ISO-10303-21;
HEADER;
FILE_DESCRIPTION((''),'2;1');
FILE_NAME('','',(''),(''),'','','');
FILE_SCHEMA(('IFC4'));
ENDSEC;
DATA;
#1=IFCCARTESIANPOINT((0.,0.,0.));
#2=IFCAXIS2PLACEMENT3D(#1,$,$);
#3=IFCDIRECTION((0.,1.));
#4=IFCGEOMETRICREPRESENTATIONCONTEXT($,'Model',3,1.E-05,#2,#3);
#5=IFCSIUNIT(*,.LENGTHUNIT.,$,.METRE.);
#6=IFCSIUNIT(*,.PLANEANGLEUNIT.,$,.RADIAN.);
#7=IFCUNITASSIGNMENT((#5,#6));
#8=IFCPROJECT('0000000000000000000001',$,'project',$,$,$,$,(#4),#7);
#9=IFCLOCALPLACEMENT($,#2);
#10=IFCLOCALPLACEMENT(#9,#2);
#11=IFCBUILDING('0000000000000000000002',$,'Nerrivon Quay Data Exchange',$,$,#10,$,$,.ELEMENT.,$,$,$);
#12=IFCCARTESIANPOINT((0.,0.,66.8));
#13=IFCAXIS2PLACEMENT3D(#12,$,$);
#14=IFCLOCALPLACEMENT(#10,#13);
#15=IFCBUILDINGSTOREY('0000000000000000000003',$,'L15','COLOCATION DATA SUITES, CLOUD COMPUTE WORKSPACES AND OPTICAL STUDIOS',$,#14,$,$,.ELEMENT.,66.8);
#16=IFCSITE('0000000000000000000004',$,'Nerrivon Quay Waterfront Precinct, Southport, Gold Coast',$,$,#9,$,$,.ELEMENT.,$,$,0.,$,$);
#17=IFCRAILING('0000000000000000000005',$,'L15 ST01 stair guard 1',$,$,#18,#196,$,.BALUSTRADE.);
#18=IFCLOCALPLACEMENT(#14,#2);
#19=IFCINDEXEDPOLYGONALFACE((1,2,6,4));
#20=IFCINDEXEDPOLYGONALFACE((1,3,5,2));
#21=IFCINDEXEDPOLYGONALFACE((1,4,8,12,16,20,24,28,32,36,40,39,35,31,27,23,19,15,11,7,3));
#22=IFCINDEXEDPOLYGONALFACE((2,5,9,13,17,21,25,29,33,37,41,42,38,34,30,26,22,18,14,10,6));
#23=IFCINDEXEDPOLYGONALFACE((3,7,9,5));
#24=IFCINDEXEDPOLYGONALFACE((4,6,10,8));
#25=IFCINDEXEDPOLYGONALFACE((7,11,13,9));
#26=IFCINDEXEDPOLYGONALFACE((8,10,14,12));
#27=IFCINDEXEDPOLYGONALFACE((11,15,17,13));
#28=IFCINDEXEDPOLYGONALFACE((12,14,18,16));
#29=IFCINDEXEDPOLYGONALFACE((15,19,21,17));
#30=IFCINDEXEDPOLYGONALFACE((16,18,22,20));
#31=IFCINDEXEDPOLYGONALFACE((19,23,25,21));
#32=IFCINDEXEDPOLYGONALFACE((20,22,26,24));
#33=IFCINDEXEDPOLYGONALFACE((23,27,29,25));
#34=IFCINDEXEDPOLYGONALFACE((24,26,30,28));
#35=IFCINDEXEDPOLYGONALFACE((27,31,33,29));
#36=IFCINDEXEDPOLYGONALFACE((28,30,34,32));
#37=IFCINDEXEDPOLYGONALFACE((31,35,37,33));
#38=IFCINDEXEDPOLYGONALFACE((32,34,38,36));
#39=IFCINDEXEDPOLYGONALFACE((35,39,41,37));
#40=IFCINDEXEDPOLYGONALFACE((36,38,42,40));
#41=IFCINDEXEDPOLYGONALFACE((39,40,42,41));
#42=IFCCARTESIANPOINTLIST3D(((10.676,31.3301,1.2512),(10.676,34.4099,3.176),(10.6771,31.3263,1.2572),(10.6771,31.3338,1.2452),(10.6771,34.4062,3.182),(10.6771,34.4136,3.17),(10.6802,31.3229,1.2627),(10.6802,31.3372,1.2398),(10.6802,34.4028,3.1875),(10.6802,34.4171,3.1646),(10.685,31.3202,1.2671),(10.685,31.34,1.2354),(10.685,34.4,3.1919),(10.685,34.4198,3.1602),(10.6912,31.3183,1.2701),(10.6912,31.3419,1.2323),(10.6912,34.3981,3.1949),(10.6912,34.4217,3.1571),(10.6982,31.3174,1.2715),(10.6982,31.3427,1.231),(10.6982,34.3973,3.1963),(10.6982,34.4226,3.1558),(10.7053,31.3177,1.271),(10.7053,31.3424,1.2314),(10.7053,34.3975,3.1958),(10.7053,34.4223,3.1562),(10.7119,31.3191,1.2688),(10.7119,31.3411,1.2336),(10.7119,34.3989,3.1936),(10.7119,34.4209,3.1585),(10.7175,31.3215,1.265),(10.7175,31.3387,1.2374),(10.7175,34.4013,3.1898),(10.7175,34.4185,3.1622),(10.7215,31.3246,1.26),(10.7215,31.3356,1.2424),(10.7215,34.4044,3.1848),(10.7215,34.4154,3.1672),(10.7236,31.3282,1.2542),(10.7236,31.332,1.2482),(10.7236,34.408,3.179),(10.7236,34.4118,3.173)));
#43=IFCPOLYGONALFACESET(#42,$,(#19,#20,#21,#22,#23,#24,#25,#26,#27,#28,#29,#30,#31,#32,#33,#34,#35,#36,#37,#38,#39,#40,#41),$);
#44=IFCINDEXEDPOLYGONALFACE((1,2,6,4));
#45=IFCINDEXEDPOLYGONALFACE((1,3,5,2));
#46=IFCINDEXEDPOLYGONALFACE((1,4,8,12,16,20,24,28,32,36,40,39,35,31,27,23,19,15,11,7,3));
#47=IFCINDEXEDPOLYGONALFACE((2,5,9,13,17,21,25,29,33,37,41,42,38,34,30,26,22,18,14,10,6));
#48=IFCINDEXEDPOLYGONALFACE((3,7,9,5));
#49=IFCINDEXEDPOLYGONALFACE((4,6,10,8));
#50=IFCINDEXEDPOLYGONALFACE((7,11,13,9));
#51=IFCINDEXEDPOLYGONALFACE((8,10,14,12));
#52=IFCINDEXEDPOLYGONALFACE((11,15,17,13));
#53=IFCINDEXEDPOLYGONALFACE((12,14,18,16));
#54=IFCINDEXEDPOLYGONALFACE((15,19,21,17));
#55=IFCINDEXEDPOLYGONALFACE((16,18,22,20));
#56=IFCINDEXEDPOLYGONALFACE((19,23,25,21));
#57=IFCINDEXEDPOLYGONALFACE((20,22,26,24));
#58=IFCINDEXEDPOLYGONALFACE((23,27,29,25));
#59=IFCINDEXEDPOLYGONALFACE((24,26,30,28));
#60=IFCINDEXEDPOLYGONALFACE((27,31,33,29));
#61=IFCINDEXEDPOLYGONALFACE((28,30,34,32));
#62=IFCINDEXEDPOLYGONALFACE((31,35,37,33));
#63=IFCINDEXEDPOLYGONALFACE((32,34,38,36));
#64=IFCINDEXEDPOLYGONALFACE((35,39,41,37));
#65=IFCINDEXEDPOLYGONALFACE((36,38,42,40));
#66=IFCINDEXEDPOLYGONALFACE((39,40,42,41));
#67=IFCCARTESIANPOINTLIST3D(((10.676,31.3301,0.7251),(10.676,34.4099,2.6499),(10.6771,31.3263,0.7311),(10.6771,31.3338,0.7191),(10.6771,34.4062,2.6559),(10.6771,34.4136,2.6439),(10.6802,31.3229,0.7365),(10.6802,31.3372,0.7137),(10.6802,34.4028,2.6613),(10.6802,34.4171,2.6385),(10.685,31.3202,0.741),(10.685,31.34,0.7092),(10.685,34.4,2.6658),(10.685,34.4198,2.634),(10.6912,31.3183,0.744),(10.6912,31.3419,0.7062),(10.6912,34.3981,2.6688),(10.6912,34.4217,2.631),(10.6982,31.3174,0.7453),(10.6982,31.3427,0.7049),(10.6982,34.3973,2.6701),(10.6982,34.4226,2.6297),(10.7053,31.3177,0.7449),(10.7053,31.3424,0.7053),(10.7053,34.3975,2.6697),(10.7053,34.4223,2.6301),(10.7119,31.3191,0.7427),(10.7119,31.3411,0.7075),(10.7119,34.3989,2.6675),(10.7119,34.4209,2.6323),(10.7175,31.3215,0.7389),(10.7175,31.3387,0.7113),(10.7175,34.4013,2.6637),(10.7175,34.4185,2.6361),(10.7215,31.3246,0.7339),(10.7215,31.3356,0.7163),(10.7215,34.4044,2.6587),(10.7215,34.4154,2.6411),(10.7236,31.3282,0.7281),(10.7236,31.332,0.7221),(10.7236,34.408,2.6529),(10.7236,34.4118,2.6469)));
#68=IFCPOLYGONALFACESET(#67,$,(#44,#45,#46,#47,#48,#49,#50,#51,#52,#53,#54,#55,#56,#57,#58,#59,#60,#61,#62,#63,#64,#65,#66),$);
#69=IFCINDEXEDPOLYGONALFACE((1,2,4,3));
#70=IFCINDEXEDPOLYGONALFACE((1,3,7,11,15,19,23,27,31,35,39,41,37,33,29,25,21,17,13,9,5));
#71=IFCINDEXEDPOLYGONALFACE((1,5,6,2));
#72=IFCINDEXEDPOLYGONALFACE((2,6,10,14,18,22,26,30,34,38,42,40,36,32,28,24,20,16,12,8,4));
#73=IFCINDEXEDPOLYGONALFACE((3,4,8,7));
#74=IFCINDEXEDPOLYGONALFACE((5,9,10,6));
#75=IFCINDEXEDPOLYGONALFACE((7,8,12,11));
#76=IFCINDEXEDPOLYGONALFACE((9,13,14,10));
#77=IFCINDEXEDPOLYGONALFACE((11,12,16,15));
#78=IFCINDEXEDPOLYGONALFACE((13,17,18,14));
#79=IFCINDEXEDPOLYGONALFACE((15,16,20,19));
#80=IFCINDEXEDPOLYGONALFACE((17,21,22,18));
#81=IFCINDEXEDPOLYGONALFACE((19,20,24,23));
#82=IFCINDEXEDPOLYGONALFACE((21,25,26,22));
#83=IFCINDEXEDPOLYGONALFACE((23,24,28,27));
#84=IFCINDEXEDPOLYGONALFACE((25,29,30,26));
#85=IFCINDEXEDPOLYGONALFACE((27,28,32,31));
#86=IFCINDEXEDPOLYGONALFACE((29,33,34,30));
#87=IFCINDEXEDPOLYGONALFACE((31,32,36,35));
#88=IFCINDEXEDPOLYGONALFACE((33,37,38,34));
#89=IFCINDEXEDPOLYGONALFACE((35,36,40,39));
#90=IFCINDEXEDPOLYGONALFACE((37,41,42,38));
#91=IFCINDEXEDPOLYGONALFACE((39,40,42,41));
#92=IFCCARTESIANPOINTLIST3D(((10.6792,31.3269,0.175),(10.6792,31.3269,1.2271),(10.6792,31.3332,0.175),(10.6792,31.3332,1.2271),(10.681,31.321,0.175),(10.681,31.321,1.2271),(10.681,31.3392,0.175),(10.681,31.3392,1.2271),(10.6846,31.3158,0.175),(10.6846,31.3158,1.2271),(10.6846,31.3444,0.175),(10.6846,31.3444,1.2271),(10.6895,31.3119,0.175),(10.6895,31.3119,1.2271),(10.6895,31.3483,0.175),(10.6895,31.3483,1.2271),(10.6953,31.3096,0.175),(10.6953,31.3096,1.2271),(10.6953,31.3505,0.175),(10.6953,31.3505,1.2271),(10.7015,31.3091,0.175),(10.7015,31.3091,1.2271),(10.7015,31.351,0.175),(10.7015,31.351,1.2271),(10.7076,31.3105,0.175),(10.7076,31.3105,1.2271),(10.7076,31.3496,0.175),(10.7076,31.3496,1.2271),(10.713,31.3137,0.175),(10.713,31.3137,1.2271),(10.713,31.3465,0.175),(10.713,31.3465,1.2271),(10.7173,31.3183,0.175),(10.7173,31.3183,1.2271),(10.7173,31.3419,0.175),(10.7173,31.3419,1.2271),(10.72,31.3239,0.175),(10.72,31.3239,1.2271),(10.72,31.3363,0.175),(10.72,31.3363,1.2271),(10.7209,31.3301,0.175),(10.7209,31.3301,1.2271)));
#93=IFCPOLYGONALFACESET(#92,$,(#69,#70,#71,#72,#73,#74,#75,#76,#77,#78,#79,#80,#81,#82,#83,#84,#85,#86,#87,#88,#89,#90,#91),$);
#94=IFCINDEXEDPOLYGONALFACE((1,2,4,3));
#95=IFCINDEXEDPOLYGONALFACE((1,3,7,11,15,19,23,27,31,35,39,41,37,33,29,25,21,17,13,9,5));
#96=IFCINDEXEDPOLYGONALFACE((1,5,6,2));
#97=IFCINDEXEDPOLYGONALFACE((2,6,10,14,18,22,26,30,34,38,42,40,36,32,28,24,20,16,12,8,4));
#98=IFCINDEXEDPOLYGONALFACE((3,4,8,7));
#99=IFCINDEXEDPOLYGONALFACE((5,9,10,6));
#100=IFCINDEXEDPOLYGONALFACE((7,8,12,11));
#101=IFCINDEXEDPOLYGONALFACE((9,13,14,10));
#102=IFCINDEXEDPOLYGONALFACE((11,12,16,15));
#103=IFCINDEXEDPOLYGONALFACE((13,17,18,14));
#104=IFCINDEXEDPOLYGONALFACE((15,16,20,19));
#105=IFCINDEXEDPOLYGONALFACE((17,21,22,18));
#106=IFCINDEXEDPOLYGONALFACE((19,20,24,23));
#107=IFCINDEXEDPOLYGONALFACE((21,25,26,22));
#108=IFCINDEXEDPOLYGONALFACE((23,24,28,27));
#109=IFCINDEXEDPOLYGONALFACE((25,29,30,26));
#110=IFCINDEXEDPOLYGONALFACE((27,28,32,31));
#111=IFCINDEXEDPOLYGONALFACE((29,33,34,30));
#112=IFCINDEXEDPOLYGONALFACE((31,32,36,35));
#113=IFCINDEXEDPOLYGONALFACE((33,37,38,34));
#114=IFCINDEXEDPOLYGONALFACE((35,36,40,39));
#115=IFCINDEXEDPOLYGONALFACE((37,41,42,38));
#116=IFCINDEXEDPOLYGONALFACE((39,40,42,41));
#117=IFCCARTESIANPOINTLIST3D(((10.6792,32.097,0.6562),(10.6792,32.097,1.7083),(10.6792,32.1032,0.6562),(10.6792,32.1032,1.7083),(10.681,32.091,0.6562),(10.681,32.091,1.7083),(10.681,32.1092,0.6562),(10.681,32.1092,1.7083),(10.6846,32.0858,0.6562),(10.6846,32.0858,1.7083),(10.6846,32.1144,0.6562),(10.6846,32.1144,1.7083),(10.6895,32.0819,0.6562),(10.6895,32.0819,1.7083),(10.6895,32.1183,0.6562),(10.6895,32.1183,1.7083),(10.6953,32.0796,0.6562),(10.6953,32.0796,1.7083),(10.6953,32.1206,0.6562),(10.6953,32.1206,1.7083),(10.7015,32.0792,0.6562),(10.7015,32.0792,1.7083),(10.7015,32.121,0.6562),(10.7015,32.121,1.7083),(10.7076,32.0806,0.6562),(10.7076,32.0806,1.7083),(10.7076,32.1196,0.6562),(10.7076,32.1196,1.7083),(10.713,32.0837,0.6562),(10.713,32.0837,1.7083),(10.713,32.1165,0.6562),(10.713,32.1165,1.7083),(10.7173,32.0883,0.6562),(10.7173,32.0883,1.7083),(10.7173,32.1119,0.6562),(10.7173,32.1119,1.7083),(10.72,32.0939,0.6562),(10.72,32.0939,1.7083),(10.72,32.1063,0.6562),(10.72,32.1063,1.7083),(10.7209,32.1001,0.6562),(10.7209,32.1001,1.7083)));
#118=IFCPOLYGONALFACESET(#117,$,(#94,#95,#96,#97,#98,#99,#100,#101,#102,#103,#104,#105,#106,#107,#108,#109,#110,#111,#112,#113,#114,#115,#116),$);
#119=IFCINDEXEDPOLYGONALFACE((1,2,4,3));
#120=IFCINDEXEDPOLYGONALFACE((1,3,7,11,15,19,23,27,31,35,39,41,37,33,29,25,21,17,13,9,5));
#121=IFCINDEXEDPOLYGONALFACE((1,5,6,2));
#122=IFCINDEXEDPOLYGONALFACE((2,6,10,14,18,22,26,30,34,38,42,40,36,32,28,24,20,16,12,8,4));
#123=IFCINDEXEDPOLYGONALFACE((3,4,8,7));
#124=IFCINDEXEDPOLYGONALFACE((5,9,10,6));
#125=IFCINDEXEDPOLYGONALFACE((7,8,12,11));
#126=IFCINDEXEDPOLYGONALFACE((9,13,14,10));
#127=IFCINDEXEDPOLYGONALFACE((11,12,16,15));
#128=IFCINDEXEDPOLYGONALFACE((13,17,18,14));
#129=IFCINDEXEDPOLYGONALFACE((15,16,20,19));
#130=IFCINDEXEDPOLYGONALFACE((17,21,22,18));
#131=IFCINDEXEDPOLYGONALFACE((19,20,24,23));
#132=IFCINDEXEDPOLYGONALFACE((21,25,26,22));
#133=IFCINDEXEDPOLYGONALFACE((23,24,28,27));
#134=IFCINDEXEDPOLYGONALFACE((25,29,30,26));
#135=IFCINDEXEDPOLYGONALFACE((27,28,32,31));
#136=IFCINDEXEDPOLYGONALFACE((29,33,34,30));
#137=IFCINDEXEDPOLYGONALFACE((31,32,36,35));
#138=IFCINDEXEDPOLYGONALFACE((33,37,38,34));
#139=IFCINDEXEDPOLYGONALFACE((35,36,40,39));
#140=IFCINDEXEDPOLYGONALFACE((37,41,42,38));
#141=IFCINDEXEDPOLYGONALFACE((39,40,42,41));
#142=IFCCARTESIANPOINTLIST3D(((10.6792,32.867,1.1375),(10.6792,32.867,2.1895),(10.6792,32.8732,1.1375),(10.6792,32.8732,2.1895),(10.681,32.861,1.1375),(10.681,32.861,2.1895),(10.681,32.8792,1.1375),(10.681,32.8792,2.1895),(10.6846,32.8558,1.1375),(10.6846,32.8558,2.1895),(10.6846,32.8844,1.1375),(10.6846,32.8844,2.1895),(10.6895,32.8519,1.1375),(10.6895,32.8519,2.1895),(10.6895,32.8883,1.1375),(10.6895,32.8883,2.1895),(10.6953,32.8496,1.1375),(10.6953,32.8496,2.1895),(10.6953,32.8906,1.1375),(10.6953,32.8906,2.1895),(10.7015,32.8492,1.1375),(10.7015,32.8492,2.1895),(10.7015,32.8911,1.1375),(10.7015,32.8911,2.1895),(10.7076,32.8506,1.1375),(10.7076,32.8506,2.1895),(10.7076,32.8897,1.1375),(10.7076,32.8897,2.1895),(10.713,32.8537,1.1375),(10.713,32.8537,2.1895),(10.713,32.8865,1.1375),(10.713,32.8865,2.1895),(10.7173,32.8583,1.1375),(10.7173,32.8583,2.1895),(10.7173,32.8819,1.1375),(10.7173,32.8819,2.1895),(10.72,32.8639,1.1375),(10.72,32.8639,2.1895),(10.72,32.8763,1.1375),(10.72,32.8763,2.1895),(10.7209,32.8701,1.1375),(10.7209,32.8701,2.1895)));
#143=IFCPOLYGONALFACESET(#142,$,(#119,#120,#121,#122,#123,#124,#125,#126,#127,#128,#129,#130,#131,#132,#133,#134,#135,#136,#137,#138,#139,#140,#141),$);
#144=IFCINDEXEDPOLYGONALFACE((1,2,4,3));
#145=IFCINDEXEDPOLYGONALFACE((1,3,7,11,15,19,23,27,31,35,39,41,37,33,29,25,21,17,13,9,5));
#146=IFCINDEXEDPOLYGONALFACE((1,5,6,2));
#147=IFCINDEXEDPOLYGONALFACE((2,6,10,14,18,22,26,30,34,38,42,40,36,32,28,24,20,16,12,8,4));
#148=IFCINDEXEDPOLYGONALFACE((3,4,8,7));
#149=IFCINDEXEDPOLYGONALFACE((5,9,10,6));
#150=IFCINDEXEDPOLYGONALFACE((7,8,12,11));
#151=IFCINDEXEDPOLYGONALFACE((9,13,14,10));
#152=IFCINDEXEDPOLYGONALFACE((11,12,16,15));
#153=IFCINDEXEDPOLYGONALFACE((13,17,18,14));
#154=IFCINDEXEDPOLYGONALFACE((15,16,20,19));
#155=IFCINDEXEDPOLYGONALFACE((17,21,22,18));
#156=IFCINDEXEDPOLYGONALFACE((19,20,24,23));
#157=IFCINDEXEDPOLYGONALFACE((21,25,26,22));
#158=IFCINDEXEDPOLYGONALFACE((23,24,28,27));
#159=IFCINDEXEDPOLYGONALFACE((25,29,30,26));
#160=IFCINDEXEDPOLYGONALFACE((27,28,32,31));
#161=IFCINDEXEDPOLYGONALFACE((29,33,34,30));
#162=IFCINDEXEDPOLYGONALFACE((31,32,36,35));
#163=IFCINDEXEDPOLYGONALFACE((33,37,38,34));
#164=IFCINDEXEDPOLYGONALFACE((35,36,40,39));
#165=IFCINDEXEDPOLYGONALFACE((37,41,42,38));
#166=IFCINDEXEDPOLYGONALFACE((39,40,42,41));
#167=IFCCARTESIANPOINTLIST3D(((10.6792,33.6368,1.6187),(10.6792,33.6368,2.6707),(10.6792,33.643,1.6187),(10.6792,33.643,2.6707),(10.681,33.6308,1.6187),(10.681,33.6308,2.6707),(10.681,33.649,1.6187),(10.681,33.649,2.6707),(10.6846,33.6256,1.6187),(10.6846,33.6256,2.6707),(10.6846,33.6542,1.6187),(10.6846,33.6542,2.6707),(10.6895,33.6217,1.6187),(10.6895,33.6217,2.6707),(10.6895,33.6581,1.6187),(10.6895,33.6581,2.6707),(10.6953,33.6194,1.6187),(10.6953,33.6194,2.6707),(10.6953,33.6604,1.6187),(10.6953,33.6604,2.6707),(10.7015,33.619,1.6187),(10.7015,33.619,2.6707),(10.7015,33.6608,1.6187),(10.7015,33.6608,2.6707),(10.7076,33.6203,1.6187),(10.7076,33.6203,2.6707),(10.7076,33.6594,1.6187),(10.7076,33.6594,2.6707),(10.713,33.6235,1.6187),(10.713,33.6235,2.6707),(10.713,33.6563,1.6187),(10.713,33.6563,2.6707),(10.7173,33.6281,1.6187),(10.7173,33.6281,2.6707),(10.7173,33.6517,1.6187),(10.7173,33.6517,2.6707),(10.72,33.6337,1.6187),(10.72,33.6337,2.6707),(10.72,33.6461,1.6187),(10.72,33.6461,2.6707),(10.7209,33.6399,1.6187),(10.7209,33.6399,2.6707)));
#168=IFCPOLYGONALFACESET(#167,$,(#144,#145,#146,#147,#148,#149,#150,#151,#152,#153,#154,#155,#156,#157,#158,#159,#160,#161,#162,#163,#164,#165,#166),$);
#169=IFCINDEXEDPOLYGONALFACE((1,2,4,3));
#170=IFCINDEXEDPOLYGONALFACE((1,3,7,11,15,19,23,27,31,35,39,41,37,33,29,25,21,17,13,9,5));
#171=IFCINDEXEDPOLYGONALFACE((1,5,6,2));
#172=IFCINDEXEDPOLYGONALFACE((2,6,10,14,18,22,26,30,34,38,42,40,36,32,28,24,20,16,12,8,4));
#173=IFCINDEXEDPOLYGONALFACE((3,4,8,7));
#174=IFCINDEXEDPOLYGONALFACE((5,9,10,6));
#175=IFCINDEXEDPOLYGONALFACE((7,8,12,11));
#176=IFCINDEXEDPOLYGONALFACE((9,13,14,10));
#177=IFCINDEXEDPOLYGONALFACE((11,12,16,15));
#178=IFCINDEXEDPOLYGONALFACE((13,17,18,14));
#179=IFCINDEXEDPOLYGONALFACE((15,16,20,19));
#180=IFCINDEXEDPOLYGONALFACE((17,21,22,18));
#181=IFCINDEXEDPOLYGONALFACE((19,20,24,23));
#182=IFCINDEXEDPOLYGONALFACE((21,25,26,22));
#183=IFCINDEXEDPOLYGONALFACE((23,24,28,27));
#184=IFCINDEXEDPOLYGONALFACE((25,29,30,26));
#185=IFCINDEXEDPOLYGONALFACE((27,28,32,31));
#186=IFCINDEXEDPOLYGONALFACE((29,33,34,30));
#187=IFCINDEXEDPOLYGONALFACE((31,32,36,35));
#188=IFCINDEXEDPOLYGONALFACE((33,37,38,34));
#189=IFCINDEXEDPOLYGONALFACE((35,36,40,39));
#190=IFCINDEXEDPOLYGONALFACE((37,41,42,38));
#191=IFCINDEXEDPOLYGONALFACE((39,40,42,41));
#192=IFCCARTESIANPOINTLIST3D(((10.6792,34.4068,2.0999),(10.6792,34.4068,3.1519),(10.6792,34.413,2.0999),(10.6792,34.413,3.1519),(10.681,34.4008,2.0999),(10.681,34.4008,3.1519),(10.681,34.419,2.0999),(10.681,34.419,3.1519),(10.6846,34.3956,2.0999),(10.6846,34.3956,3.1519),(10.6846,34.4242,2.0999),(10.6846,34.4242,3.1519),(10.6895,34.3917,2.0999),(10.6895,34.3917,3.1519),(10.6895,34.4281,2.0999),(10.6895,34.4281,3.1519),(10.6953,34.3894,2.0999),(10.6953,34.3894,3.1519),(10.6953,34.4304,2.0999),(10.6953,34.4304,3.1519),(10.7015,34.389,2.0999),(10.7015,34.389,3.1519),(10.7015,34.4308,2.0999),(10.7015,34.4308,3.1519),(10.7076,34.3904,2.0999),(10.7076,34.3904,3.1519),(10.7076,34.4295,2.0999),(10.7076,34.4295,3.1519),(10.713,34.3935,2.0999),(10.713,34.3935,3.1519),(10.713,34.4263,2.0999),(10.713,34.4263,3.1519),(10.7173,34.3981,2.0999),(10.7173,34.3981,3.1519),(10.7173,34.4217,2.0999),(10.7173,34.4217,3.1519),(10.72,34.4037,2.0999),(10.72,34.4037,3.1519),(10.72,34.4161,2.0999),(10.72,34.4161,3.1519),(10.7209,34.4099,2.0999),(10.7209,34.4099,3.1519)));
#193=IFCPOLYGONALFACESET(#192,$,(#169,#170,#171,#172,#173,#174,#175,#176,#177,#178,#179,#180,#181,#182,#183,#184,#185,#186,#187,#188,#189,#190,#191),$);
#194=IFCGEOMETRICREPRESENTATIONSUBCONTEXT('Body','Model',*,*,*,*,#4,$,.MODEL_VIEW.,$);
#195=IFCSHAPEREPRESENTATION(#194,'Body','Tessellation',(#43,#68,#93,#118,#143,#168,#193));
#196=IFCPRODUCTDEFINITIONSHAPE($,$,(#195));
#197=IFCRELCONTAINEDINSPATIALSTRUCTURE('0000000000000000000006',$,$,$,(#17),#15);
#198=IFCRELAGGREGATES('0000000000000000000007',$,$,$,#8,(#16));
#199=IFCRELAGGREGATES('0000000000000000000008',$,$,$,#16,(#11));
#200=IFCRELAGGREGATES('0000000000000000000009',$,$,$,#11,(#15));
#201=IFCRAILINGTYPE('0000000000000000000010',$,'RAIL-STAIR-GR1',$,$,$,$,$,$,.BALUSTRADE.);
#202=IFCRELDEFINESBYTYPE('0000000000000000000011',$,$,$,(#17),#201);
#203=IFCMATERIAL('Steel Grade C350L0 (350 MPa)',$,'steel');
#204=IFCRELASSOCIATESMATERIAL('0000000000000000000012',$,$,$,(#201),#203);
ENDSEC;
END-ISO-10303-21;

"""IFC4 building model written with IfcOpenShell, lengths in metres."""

from ifc_helpers import new_model, si_unit, direction, frame, origin, origin_2d, place, context, subcontext, project, spatial, circle, extrude, material, type_object, element, save


model = new_model("IFC4")

# Units and contexts
model_context = context("Model", 3, precision=1e-05, world=origin(), true_north=direction((0.0, 1.0)))
body_context = subcontext(model_context, "Body", "Model", "MODEL_VIEW")
ifc_project = project(units=[si_unit("LENGTHUNIT", "METRE"), si_unit("PLANEANGLEUNIT", "RADIAN")], contexts=[model_context])

# Site, building, storey
site_placement = place(None, origin())
site = spatial("IfcSite", under=ifc_project, at=site_placement, Name="Nerrivon Quay Waterfront Precinct, Southport, Gold Coast", CompositionType="ELEMENT", RefElevation=0.0)
building_placement = place(site_placement, origin())
building = spatial("IfcBuilding", under=site, at=building_placement, Name="Nerrivon Quay Data Exchange", CompositionType="ELEMENT")
storey_placement = place(building_placement, frame((0.0, 0.0, 66.8)))
storey = spatial("IfcBuildingStorey", under=building, at=storey_placement, Name="L15", Description="COLOCATION DATA SUITES, CLOUD COMPUTE WORKSPACES AND OPTICAL STUDIOS", CompositionType="ELEMENT", Elevation=66.8)

# Railing
ifc_material_1 = material(Name="Steel Grade C350L0 (350 MPa)", Category="steel")
railing_type_1 = type_object("IfcRailingType", Name="RAIL-STAIR-GR1", PredefinedType="BALUSTRADE", material=ifc_material_1)
railing_1_placement = place(storey_placement, frame((10.7, 31.3301, 0.175)))
element("IfcRailing", 1, at=railing_1_placement, inside=storey, type_object=railing_type_1, Name="L15 ST01 stair guard 1", PredefinedType="BALUSTRADE", context=body_context, shape_type="SweptSolid", body=[
    extrude(circle(Radius=0.0239, at=origin_2d()), frame((0.0, 0.0, 1.0762), z_axis=(0.0, 0.84801, 0.529981), x_axis=(-1.0, 0.0, 0.0)), (0.0, 0.0, 1.0), 3.6318),
    extrude(circle(Radius=0.0239, at=origin_2d()), frame((0.0, 0.0, 0.55), z_axis=(0.0, 0.84801, 0.529981), x_axis=(-1.0, 0.0, 0.0)), (0.0, 0.0, 1.0), 3.6318),
    extrude(circle(Radius=0.021, at=origin_2d()), origin(), (0.0, 0.0, 1.0), 1.052),
    extrude(circle(Radius=0.021, at=origin_2d()), frame((0.0, 0.77, 0.4812)), (0.0, 0.0, 1.0), 1.052),
    extrude(circle(Radius=0.021, at=origin_2d()), frame((0.0, 1.54, 0.9624)), (0.0, 0.0, 1.0), 1.052),
    extrude(circle(Radius=0.021, at=origin_2d()), frame((0.0, 2.3098, 1.4436)), (0.0, 0.0, 1.0), 1.052),
    extrude(circle(Radius=0.021, at=origin_2d()), frame((0.0, 3.0798, 1.9248)), (0.0, 0.0, 1.0), 1.052),
])

save(model, "model.ifc")
